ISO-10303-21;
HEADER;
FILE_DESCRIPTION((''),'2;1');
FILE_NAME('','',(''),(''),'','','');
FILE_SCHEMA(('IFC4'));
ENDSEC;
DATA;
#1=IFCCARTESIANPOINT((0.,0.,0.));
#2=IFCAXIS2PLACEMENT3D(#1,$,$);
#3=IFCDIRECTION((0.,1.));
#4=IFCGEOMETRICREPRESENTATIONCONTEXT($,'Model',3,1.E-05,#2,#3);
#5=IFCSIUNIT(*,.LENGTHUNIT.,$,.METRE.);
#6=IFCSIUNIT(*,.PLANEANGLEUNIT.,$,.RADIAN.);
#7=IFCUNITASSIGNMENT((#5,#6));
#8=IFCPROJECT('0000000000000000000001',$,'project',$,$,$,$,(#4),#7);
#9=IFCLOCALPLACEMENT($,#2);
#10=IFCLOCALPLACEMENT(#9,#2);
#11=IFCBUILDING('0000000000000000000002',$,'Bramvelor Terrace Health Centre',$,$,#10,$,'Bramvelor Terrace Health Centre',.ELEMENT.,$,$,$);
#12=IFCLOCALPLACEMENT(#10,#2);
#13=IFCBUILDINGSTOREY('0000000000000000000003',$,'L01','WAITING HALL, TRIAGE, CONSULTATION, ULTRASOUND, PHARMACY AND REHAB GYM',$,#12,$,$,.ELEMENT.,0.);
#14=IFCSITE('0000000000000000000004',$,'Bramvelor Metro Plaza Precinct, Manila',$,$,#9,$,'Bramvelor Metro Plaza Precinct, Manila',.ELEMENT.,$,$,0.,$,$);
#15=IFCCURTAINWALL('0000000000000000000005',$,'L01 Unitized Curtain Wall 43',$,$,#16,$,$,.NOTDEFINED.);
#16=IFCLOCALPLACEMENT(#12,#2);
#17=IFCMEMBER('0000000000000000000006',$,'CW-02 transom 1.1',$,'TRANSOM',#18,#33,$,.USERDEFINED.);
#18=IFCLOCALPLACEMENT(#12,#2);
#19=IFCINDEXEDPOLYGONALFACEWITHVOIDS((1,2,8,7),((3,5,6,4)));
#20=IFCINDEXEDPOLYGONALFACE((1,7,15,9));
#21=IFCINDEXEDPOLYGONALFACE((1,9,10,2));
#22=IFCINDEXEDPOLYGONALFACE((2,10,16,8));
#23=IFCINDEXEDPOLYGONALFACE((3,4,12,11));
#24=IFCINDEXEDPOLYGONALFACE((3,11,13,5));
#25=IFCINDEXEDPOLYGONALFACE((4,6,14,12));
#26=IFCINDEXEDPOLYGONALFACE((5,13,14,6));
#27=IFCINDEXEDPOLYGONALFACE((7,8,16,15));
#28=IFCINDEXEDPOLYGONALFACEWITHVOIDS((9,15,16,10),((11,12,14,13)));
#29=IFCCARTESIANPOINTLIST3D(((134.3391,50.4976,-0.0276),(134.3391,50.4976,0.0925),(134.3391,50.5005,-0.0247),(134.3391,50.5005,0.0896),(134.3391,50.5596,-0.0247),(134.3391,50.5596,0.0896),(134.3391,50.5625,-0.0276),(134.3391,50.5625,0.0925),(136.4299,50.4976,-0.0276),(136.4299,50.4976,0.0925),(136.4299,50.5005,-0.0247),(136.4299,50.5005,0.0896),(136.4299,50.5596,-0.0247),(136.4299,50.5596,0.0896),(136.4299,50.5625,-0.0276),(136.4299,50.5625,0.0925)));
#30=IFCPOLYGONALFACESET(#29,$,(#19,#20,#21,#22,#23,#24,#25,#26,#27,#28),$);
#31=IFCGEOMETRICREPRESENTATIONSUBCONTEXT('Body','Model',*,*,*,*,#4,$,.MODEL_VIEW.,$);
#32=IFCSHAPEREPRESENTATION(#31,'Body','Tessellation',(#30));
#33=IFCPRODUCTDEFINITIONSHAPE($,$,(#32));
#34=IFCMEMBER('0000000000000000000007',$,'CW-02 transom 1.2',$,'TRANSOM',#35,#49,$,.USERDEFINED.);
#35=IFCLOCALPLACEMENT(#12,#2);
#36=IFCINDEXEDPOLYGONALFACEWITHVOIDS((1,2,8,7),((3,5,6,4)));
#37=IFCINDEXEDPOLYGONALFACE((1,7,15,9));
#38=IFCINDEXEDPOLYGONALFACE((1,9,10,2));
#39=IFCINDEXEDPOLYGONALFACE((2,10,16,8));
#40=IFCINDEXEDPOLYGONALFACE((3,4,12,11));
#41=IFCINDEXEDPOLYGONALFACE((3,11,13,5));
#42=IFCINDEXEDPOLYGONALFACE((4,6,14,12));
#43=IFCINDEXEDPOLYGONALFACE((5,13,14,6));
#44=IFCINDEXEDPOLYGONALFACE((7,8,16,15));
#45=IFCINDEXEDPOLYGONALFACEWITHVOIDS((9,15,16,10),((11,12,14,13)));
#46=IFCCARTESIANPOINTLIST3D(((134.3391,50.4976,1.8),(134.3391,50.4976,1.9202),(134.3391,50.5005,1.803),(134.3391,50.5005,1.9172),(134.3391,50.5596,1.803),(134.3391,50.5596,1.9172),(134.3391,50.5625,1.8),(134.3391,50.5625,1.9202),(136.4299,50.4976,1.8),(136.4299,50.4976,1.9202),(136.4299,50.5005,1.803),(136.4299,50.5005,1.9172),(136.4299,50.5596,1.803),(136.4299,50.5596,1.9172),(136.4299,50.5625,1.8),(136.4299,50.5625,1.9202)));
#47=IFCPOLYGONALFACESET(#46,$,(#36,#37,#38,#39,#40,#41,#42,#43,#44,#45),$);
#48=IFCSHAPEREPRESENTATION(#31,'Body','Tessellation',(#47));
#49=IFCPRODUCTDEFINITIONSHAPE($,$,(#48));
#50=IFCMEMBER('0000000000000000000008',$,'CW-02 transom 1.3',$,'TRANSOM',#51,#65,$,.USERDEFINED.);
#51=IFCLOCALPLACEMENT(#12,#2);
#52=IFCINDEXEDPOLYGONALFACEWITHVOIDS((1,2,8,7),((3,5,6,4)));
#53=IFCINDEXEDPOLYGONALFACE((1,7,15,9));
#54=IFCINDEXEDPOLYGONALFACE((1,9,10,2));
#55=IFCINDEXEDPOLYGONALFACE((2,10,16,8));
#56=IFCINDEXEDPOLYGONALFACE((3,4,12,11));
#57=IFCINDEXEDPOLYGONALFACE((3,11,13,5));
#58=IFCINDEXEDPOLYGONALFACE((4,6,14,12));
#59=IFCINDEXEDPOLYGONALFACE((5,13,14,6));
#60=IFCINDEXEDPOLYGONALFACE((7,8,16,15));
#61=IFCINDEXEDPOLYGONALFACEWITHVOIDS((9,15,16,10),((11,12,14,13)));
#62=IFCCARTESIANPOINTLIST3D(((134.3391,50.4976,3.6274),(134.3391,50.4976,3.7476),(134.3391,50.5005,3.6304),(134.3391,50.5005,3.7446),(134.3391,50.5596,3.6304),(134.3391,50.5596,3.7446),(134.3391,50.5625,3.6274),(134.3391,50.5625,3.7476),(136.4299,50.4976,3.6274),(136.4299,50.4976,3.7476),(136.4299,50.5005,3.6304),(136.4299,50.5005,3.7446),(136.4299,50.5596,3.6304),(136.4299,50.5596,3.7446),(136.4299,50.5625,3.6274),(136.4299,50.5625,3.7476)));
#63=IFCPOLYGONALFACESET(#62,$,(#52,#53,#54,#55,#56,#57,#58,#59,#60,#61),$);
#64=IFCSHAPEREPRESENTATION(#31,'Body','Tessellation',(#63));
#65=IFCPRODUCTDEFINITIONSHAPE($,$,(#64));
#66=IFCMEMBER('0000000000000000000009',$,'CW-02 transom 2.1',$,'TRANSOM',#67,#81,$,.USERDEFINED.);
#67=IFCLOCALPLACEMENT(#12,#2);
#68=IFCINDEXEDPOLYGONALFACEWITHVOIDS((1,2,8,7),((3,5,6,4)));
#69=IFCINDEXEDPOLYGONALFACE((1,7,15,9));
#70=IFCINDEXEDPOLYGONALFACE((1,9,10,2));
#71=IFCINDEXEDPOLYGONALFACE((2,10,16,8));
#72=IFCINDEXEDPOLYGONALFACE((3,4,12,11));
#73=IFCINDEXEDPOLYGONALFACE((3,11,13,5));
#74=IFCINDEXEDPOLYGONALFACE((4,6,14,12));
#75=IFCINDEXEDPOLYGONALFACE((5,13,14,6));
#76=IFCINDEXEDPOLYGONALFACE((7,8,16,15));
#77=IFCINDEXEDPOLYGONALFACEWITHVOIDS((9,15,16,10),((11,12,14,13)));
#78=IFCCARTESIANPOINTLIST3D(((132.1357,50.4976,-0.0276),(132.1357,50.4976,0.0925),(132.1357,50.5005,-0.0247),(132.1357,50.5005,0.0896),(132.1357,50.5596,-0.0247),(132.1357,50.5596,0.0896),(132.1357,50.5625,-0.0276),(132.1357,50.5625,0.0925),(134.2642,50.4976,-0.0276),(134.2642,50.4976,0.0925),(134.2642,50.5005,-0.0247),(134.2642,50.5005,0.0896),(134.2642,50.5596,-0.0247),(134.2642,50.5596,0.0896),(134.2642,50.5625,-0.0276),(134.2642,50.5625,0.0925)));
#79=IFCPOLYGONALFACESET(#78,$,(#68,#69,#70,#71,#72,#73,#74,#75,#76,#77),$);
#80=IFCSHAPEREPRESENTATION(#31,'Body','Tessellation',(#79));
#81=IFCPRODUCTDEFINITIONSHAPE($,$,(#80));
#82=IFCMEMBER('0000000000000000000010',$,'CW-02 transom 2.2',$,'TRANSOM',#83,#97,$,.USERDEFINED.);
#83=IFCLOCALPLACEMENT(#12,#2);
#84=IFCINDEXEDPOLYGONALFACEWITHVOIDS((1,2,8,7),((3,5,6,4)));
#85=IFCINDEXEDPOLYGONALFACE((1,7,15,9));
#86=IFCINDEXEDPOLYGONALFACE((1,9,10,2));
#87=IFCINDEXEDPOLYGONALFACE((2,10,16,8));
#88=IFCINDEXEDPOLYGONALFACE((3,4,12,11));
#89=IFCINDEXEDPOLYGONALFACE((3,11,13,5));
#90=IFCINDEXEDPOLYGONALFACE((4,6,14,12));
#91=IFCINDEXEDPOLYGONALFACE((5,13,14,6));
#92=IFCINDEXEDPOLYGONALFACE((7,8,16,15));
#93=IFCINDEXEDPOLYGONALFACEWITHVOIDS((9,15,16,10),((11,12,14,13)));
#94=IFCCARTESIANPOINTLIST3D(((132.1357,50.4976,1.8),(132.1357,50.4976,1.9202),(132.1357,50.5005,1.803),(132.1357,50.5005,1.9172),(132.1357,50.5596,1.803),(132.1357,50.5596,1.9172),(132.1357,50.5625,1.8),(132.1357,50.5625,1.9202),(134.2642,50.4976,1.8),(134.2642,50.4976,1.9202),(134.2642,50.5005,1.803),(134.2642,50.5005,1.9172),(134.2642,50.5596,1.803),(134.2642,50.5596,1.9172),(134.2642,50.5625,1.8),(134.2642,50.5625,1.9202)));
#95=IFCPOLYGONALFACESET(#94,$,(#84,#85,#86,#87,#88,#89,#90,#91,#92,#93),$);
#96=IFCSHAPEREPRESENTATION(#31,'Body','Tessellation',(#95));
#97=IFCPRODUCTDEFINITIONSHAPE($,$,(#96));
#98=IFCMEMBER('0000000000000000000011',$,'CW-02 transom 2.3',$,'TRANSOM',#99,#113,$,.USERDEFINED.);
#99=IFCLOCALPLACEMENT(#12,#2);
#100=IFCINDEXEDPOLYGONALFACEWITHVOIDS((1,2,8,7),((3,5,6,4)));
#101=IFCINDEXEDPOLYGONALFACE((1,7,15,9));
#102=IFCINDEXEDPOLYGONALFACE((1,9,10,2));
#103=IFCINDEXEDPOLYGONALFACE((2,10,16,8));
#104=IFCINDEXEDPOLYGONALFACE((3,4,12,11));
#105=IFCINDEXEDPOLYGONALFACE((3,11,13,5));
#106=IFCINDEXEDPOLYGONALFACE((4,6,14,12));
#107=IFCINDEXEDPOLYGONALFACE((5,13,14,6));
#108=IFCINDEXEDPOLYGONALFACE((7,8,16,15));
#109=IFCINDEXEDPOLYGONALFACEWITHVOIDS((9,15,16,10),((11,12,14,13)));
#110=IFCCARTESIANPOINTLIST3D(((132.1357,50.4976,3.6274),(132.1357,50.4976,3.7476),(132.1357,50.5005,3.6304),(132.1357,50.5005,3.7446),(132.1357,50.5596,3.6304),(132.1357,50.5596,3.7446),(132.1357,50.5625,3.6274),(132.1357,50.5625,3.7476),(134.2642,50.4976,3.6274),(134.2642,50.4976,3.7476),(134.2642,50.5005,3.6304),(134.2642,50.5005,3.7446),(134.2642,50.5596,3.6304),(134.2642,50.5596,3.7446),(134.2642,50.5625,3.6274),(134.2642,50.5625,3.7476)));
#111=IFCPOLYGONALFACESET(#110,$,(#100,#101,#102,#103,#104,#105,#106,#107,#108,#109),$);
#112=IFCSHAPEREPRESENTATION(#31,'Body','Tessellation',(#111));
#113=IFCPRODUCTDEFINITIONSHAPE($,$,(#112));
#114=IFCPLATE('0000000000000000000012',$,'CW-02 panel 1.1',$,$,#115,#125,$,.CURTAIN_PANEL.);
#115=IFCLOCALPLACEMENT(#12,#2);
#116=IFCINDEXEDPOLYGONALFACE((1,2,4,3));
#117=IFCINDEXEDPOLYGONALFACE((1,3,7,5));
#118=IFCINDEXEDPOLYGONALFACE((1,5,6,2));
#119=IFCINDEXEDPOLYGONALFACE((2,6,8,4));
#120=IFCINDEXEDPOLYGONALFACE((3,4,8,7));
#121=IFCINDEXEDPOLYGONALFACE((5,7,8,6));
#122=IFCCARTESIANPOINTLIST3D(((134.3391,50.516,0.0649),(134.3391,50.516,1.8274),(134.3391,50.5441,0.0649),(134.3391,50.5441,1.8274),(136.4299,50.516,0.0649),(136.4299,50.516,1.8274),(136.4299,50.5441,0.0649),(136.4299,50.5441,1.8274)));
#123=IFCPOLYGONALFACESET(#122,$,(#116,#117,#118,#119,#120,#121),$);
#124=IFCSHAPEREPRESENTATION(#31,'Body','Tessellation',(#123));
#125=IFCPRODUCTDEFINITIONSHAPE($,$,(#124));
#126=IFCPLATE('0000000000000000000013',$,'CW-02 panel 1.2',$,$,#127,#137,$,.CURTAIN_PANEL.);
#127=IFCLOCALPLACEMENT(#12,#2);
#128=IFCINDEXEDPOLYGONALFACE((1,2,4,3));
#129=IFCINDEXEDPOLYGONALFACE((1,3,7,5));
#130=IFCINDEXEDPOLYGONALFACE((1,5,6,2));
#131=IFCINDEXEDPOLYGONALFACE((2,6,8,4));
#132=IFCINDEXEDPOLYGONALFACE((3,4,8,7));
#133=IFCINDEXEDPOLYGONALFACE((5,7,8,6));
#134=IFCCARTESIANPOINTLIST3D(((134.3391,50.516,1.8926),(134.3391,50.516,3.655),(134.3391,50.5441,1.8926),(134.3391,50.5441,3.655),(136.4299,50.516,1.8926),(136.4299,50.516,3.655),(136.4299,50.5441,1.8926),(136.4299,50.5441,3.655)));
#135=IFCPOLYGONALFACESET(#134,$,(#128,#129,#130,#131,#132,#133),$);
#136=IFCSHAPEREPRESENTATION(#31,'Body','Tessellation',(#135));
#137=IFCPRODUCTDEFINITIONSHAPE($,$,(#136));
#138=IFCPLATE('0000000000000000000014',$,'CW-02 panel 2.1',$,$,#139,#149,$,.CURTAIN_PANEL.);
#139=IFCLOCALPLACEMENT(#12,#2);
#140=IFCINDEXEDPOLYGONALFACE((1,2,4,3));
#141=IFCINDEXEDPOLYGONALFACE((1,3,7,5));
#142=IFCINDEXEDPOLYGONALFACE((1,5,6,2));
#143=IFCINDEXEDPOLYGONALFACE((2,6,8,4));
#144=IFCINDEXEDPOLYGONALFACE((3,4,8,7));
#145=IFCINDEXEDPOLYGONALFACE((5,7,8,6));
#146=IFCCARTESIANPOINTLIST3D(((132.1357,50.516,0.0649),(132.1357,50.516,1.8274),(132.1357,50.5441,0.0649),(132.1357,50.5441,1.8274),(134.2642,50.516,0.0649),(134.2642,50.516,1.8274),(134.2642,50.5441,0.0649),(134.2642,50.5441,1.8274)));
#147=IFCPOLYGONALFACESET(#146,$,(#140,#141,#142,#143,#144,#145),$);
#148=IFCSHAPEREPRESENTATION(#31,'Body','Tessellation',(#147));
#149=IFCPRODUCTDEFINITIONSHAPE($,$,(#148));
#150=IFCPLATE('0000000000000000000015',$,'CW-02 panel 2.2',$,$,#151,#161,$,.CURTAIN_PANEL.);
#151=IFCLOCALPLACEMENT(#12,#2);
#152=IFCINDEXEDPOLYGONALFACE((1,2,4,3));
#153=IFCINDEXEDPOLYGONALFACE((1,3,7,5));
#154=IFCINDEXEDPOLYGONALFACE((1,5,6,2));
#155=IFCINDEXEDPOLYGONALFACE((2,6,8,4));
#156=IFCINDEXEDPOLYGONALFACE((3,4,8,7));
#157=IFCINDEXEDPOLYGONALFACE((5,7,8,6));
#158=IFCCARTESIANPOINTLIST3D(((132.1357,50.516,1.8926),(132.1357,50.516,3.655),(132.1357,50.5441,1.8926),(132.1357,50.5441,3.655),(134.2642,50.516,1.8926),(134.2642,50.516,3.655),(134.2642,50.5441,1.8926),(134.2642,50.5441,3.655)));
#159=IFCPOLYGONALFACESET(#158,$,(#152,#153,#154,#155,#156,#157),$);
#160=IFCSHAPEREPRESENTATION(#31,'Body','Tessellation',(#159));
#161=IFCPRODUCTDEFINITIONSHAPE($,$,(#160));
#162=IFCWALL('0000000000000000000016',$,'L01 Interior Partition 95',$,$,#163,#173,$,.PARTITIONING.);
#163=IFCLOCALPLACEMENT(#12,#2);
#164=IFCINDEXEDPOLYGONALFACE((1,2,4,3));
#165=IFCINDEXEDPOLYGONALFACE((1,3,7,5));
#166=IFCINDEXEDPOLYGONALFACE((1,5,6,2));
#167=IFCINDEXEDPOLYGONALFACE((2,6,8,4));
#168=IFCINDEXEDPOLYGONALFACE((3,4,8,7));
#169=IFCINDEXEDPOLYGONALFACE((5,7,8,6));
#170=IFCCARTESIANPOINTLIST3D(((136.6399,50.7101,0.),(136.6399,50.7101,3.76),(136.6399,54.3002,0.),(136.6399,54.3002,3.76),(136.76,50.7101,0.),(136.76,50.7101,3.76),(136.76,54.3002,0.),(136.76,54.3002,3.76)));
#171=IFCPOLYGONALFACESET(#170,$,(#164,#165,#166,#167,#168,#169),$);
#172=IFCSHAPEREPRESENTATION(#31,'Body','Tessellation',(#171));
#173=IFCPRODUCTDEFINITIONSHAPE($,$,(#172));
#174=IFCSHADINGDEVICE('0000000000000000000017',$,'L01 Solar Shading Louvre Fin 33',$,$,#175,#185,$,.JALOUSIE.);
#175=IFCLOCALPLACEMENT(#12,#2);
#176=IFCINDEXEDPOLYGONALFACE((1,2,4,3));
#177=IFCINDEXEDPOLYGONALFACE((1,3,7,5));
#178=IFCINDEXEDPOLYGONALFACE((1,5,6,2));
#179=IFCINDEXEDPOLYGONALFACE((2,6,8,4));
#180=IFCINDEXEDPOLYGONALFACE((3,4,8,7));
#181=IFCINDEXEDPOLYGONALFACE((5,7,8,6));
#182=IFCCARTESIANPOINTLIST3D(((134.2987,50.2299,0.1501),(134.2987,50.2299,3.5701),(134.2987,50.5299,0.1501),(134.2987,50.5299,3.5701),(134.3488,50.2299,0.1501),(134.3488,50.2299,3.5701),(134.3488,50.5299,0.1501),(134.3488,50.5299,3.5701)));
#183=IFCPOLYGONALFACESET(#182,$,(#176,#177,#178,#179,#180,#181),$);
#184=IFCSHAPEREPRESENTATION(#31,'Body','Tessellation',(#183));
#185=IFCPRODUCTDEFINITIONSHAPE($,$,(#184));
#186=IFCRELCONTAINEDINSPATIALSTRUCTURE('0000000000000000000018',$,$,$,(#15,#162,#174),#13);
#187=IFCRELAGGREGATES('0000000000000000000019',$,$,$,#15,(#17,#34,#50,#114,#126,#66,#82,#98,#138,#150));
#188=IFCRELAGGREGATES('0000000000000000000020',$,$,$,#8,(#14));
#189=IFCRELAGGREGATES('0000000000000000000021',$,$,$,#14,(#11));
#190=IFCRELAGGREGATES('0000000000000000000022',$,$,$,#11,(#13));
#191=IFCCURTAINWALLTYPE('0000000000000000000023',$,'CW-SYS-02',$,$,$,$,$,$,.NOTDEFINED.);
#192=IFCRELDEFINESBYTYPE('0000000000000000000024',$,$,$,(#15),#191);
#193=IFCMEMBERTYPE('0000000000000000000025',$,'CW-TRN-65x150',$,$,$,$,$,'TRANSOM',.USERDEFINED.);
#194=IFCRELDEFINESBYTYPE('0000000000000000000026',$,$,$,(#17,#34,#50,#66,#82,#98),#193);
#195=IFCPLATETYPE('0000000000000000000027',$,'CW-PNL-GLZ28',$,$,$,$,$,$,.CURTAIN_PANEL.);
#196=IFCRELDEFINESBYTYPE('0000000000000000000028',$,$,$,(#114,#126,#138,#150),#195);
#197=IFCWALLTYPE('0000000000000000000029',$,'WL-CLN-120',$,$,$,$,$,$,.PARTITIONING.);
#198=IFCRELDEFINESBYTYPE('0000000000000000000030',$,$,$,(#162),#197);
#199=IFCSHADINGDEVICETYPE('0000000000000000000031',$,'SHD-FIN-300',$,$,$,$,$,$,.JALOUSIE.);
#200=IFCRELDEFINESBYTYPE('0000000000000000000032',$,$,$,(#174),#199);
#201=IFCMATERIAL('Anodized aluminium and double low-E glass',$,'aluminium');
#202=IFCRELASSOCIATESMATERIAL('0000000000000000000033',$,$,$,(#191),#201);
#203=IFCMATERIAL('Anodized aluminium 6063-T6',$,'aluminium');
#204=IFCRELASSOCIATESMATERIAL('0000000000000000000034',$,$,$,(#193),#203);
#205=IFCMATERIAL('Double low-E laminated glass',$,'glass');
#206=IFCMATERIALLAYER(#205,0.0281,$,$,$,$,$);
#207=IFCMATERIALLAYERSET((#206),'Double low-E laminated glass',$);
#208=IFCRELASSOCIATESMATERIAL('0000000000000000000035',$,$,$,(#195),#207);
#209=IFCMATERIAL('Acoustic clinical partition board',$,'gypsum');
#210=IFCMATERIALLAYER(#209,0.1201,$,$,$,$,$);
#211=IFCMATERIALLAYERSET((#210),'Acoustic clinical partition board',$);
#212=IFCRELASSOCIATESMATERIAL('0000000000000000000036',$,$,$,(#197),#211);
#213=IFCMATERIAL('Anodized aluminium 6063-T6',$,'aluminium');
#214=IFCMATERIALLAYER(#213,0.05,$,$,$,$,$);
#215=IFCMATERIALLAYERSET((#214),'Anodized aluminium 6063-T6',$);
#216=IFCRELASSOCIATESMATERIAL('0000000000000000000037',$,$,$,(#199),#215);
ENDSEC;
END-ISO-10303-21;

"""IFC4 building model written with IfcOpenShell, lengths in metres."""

from ifc_helpers import new_model, si_unit, direction, frame, frame_2d, origin, origin_2d, place, context, subcontext, project, spatial, rectangle, hollow_rectangle, extrude, material, layer, layer_set, material_profile, profile_set, type_object, element, aggregate, save


model = new_model("IFC4")

# Units and contexts
model_context = context("Model", 3, precision=1e-05, world=origin(), true_north=direction((0.0, 1.0)))
body_context = subcontext(model_context, "Body", "Model", "MODEL_VIEW")
ifc_project = project(units=[si_unit("LENGTHUNIT", "METRE"), si_unit("PLANEANGLEUNIT", "RADIAN")], contexts=[model_context])

# Site, building, storey
site_placement = place(None, origin())
site = spatial("IfcSite", under=ifc_project, at=site_placement, Name="Bramvelor Metro Plaza Precinct, Manila", LongName="Bramvelor Metro Plaza Precinct, Manila", CompositionType="ELEMENT", RefElevation=0.0)
building_placement = place(site_placement, origin())
building = spatial("IfcBuilding", under=site, at=building_placement, Name="Bramvelor Terrace Health Centre", LongName="Bramvelor Terrace Health Centre", CompositionType="ELEMENT")
storey_placement = place(building_placement, origin())
storey = spatial("IfcBuildingStorey", under=building, at=storey_placement, Name="L01", Description="WAITING HALL, TRIAGE, CONSULTATION, ULTRASOUND, PHARMACY AND REHAB GYM", CompositionType="ELEMENT", Elevation=0.0)

# Curtain wall, members, plates
ifc_material_1 = material(Name="Anodized aluminium and double low-E glass", Category="aluminium")
curtain_wall_type = type_object("IfcCurtainWallType", Name="CW-SYS-02", PredefinedType="NOTDEFINED", material=ifc_material_1)
curtain_wall_placement = place(storey_placement, origin())
curtain_wall = element("IfcCurtainWall", 1, at=curtain_wall_placement, inside=storey, type_object=curtain_wall_type, Name="L01 Unitized Curtain Wall 43", PredefinedType="NOTDEFINED")
ifc_material_2 = material(Name="Anodized aluminium 6063-T6", Category="aluminium")
ifc_material_profile_1 = material_profile(ifc_material_2, hollow_rectangle(XDim=0.0649, YDim=0.1201, WallThickness=0.0029, at=origin_2d()), Name="ALU-TRN 65x120x3.0")
ifc_profile_set_1 = profile_set([ifc_material_profile_1], Name="Anodized aluminium 6063-T6")
member_type_1 = type_object("IfcMemberType", Name="CW-TRN-65x150", ElementType="TRANSOM", PredefinedType="USERDEFINED", material=ifc_profile_set_1)
member_1_placement = place(storey_placement, frame((136.4299, 50.53, 0.0325), z_axis=(-1.0, 0.0, 0.0), x_axis=(0.0, -1.0, 0.0)))
member_1 = element("IfcMember", 2, at=member_1_placement, type_object=member_type_1, Name="CW-02 transom 1.1", ObjectType="TRANSOM", PredefinedType="USERDEFINED", context=body_context, shape_type="SweptSolid", body=[
    extrude(hollow_rectangle(XDim=0.0649, YDim=0.1201, WallThickness=0.0029, at=origin_2d()), origin(), (0.0, 0.0, 1.0), 2.0908),
])
member_2_placement = place(storey_placement, frame((136.4299, 50.53, 1.8601), z_axis=(-1.0, 0.0, 0.0), x_axis=(0.0, -1.0, 0.0)))
member_2 = element("IfcMember", 3, at=member_2_placement, type_object=member_type_1, Name="CW-02 transom 1.2", ObjectType="TRANSOM", PredefinedType="USERDEFINED", context=body_context, shape_type="SweptSolid", body=[
    extrude(hollow_rectangle(XDim=0.0649, YDim=0.1201, WallThickness=0.0029, at=origin_2d()), origin(), (0.0, 0.0, 1.0), 2.0908),
])
member_3_placement = place(storey_placement, frame((136.4299, 50.53, 3.6875), z_axis=(-1.0, 0.0, 0.0), x_axis=(0.0, -1.0, 0.0)))
member_3 = element("IfcMember", 4, at=member_3_placement, type_object=member_type_1, Name="CW-02 transom 1.3", ObjectType="TRANSOM", PredefinedType="USERDEFINED", context=body_context, shape_type="SweptSolid", body=[
    extrude(hollow_rectangle(XDim=0.0649, YDim=0.1201, WallThickness=0.0029, at=origin_2d()), origin(), (0.0, 0.0, 1.0), 2.0908),
])
member_4_placement = place(storey_placement, frame((134.2642, 50.53, 0.0325), z_axis=(-1.0, 0.0, 0.0), x_axis=(0.0, -1.0, 0.0)))
member_4 = element("IfcMember", 5, at=member_4_placement, type_object=member_type_1, Name="CW-02 transom 2.1", ObjectType="TRANSOM", PredefinedType="USERDEFINED", context=body_context, shape_type="SweptSolid", body=[
    extrude(hollow_rectangle(XDim=0.0649, YDim=0.1201, WallThickness=0.0029, at=origin_2d()), origin(), (0.0, 0.0, 1.0), 2.1284),
])
member_5_placement = place(storey_placement, frame((134.2642, 50.53, 1.8601), z_axis=(-1.0, 0.0, 0.0), x_axis=(0.0, -1.0, 0.0)))
member_5 = element("IfcMember", 6, at=member_5_placement, type_object=member_type_1, Name="CW-02 transom 2.2", ObjectType="TRANSOM", PredefinedType="USERDEFINED", context=body_context, shape_type="SweptSolid", body=[
    extrude(hollow_rectangle(XDim=0.0649, YDim=0.1201, WallThickness=0.0029, at=origin_2d()), origin(), (0.0, 0.0, 1.0), 2.1284),
])
member_6_placement = place(storey_placement, frame((134.2642, 50.53, 3.6875), z_axis=(-1.0, 0.0, 0.0), x_axis=(0.0, -1.0, 0.0)))
member_6 = element("IfcMember", 7, at=member_6_placement, type_object=member_type_1, Name="CW-02 transom 2.3", ObjectType="TRANSOM", PredefinedType="USERDEFINED", context=body_context, shape_type="SweptSolid", body=[
    extrude(hollow_rectangle(XDim=0.0649, YDim=0.1201, WallThickness=0.0029, at=origin_2d()), origin(), (0.0, 0.0, 1.0), 2.1284),
])
ifc_material_3 = material(Name="Double low-E laminated glass", Category="glass")
ifc_layer_1 = layer(ifc_material_3, 0.0281)
ifc_layer_set_1 = layer_set([ifc_layer_1], Name="Double low-E laminated glass")
plate_type = type_object("IfcPlateType", Name="CW-PNL-GLZ28", PredefinedType="CURTAIN_PANEL", material=ifc_layer_set_1)
plate_1_placement = place(storey_placement, frame((135.3845, 50.53, 0.0649), z_axis=(0.0, 0.0, 1.0), x_axis=(-1.0, 0.0, 0.0)))
plate_1 = element("IfcPlate", 8, at=plate_1_placement, type_object=plate_type, Name="CW-02 panel 1.1", PredefinedType="CURTAIN_PANEL", context=body_context, shape_type="SweptSolid", body=[
    extrude(rectangle(XDim=2.0908, YDim=0.0281, at=origin_2d()), origin(), (0.0, 0.0, 1.0), 1.7625),
])
plate_2_placement = place(storey_placement, frame((135.3845, 50.53, 1.8926), z_axis=(0.0, 0.0, 1.0), x_axis=(-1.0, 0.0, 0.0)))
plate_2 = element("IfcPlate", 9, at=plate_2_placement, type_object=plate_type, Name="CW-02 panel 1.2", PredefinedType="CURTAIN_PANEL", context=body_context, shape_type="SweptSolid", body=[
    extrude(rectangle(XDim=2.0908, YDim=0.0281, at=origin_2d()), origin(), (0.0, 0.0, 1.0), 1.7625),
])
plate_3_placement = place(storey_placement, frame((133.2, 50.53, 0.0649), z_axis=(0.0, 0.0, 1.0), x_axis=(-1.0, 0.0, 0.0)))
plate_3 = element("IfcPlate", 10, at=plate_3_placement, type_object=plate_type, Name="CW-02 panel 2.1", PredefinedType="CURTAIN_PANEL", context=body_context, shape_type="SweptSolid", body=[
    extrude(rectangle(XDim=2.1284, YDim=0.0281, at=origin_2d()), origin(), (0.0, 0.0, 1.0), 1.7625),
])
plate_4_placement = place(storey_placement, frame((133.2, 50.53, 1.8926), z_axis=(0.0, 0.0, 1.0), x_axis=(-1.0, 0.0, 0.0)))
plate_4 = element("IfcPlate", 11, at=plate_4_placement, type_object=plate_type, Name="CW-02 panel 2.2", PredefinedType="CURTAIN_PANEL", context=body_context, shape_type="SweptSolid", body=[
    extrude(rectangle(XDim=2.1284, YDim=0.0281, at=origin_2d()), origin(), (0.0, 0.0, 1.0), 1.7625),
])
aggregate(curtain_wall, [member_1, member_2, member_3, plate_1, plate_2, member_4, member_5, member_6, plate_3, plate_4])

# Wall
ifc_material_4 = material(Name="Acoustic clinical partition board", Category="gypsum")
ifc_layer_2 = layer(ifc_material_4, 0.1201)
ifc_layer_set_2 = layer_set([ifc_layer_2], Name="Acoustic clinical partition board")
wall_type = type_object("IfcWallType", Name="WL-CLN-120", PredefinedType="PARTITIONING", material=ifc_layer_set_2)
wall_placement = place(storey_placement, frame((136.7, 54.3, 0.0), z_axis=(0.0, 0.0, 1.0), x_axis=(0.0, -1.0, 0.0)))
element("IfcWall", 12, at=wall_placement, inside=storey, type_object=wall_type, Name="L01 Interior Partition 95", PredefinedType="PARTITIONING", context=body_context, shape_type="SweptSolid", body=[
    extrude(rectangle(XDim=3.5901, YDim=0.1201, at=frame_2d((1.7949, 0.0))), origin(), (0.0, 0.0, 1.0), 3.76),
])

# Shading device
ifc_material_5 = material(Name="Anodized aluminium 6063-T6", Category="aluminium")
ifc_layer_3 = layer(ifc_material_5, 0.05)
ifc_layer_set_3 = layer_set([ifc_layer_3], Name="Anodized aluminium 6063-T6")
shading_device_type = type_object("IfcShadingDeviceType", Name="SHD-FIN-300", PredefinedType="JALOUSIE", material=ifc_layer_set_3)
for number, where, z_axis, x_axis, name in (
    (13, (134.3237, 50.3799, 0.1501), (0.0, 0.0, 1.0), (1.0, 0.0, 0.0), "L01 Solar Shading Louvre Fin 33"),
):
    element("IfcShadingDevice", number, at=place(storey_placement, frame(where, z_axis=z_axis, x_axis=x_axis)), inside=storey, type_object=shading_device_type, Name=name, PredefinedType="JALOUSIE", context=body_context, shape_type="SweptSolid", body=[
        extrude(rectangle(XDim=0.05, YDim=0.3, at=origin_2d()), origin(), (0.0, 0.0, 1.0), 3.4199),
    ])

save(model, "model.ifc")
